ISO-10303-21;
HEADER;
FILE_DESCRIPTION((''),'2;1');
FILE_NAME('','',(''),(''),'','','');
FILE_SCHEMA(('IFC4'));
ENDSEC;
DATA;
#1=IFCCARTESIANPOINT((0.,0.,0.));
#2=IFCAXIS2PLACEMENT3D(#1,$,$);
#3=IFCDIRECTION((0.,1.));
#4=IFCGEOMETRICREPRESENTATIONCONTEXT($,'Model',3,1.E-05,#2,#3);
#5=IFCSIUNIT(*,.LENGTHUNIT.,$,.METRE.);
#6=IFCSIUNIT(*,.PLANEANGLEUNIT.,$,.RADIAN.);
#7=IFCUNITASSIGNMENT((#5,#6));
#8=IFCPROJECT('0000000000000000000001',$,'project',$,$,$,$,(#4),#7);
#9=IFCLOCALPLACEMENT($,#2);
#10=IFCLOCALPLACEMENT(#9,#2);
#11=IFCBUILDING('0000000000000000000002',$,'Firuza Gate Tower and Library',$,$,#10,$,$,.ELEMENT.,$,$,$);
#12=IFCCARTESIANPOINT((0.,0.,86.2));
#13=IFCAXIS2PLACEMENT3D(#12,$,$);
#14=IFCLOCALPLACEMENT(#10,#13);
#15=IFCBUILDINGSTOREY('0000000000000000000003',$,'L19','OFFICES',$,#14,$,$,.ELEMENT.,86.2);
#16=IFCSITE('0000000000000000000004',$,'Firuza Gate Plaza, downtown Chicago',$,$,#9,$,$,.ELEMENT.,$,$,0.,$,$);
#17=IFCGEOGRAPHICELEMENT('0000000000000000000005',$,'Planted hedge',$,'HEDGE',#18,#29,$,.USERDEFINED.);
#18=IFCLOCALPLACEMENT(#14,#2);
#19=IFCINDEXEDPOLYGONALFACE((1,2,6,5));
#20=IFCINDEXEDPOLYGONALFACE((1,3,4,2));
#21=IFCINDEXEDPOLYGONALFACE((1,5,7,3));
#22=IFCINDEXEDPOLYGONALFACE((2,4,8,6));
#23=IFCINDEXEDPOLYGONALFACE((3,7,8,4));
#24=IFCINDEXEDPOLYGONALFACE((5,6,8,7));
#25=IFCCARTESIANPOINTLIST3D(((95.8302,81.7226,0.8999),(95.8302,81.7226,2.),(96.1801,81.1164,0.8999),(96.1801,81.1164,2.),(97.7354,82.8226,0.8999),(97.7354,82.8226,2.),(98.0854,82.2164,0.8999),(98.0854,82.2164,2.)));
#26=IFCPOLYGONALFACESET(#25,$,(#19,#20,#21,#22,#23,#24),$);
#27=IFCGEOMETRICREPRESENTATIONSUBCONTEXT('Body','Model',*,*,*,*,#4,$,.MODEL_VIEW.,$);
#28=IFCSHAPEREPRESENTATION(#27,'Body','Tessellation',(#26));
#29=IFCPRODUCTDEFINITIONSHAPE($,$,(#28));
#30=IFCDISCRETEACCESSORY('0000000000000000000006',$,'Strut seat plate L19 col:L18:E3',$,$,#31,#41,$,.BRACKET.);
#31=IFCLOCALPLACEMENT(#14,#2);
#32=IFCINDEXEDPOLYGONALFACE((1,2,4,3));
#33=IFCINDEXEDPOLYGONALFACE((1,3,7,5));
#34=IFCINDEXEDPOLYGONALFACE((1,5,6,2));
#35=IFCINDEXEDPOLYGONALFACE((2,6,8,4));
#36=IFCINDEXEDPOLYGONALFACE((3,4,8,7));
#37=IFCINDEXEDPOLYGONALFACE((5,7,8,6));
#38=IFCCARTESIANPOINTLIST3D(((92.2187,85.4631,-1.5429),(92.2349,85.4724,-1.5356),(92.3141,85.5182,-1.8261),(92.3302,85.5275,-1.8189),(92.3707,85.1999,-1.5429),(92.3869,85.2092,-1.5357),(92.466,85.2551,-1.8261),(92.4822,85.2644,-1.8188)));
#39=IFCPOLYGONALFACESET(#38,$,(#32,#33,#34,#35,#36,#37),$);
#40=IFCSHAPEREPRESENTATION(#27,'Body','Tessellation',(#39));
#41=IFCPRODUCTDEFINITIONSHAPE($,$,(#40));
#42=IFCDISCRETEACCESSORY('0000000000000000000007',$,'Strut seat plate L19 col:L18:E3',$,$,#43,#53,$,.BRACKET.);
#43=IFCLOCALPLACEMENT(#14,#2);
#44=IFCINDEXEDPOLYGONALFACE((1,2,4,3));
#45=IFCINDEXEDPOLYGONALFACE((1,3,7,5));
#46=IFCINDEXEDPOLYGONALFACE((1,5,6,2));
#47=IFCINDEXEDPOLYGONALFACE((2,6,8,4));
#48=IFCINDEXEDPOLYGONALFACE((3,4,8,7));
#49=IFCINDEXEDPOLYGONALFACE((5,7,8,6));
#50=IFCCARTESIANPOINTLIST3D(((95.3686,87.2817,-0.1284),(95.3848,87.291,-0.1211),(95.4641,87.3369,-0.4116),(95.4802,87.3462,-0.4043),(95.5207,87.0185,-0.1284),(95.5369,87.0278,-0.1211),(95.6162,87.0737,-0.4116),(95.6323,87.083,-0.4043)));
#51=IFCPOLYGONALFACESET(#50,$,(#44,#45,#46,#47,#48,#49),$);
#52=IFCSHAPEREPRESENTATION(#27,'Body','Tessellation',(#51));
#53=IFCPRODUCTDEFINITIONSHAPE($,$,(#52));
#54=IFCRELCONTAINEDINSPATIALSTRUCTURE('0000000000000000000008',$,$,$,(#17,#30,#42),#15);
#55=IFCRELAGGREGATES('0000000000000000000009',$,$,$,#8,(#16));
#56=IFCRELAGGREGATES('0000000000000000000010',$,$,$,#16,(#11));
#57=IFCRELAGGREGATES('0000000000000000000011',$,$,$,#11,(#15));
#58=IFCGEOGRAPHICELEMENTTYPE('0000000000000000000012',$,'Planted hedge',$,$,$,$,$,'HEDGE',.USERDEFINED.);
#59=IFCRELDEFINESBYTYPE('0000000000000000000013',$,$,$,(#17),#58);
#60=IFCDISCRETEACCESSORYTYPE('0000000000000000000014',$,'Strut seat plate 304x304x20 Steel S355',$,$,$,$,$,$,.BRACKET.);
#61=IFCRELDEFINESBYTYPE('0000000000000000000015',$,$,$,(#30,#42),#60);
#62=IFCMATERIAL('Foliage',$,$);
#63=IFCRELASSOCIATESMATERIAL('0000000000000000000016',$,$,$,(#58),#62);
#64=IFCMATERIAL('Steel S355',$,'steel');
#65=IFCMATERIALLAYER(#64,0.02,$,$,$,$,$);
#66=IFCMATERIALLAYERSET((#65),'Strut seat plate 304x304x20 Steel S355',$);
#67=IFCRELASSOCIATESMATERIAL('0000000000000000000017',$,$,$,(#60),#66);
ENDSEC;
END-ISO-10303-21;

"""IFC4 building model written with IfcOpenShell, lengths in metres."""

from ifc_helpers import new_model, si_unit, direction, frame, origin, origin_2d, place, context, subcontext, project, spatial, polyline, rectangle, outline, extrude, material, layer, layer_set, type_object, element, save


model = new_model("IFC4")

# Units and contexts
model_context = context("Model", 3, precision=1e-05, world=origin(), true_north=direction((0.0, 1.0)))
body_context = subcontext(model_context, "Body", "Model", "MODEL_VIEW")
ifc_project = project(units=[si_unit("LENGTHUNIT", "METRE"), si_unit("PLANEANGLEUNIT", "RADIAN")], contexts=[model_context])

# Site, building, storey
site_placement = place(None, origin())
site = spatial("IfcSite", under=ifc_project, at=site_placement, Name="Firuza Gate Plaza, downtown Chicago", CompositionType="ELEMENT", RefElevation=0.0)
building_placement = place(site_placement, origin())
building = spatial("IfcBuilding", under=site, at=building_placement, Name="Firuza Gate Tower and Library", CompositionType="ELEMENT")
storey_placement = place(building_placement, frame((0.0, 0.0, 86.2)))
storey = spatial("IfcBuildingStorey", under=building, at=storey_placement, Name="L19", Description="OFFICES", CompositionType="ELEMENT", Elevation=86.2)

# Geographic element
ifc_material_1 = material(Name="Foliage")
geographic_element_type = type_object("IfcGeographicElementType", Name="Planted hedge", ElementType="HEDGE", PredefinedType="USERDEFINED", material=ifc_material_1)
geographic_element_placement = place(storey_placement, frame((96.9578, 81.9695, 0.8999), z_axis=(0.0, 0.0, 1.0), x_axis=(0.866025, 0.5, 0.0)))
element("IfcGeographicElement", 1, at=geographic_element_placement, inside=storey, type_object=geographic_element_type, Name="Planted hedge", ObjectType="HEDGE", PredefinedType="USERDEFINED", context=body_context, shape_type="SweptSolid", body=[
    extrude(rectangle(XDim=2.2, YDim=0.7, at=origin_2d()), origin(), (0.0, 0.0, 1.0), 1.1001),
])

# Discrete accessories
ifc_material_2 = material(Name="Steel S355", Category="steel")
ifc_layer_1 = layer(ifc_material_2, 0.02)
ifc_layer_set_1 = layer_set([ifc_layer_1], Name="Strut seat plate 304x304x20 Steel S355")
discrete_accessory_type = type_object("IfcDiscreteAccessoryType", Name="Strut seat plate 304x304x20 Steel S355", PredefinedType="BRACKET", material=ifc_layer_set_1)
discrete_accessory_1_placement = place(storey_placement, frame((92.2349, 85.4724, -1.5356), z_axis=(0.807085, 0.466058, 0.362496), x_axis=(0.50011, -0.865962, -0.000117)))
element("IfcDiscreteAccessory", 2, at=discrete_accessory_1_placement, inside=storey, type_object=discrete_accessory_type, Name="Strut seat plate L19 col:L18:E3", PredefinedType="BRACKET", context=body_context, shape_type="SweptSolid", body=[
    extrude(outline(polyline([(0.0, 0.0), (0.304, 0.0), (0.3038, 0.3038), (0.0, 0.3039), (0.0, 0.0)])), origin(), (0.0, 0.0, -1.0), 0.02),
])
discrete_accessory_2_placement = place(storey_placement, frame((95.5369, 87.0278, -0.1211), z_axis=(0.806821, 0.46628, 0.362799), x_axis=(-0.500371, 0.865811, 0.0)))
element("IfcDiscreteAccessory", 3, at=discrete_accessory_2_placement, inside=storey, type_object=discrete_accessory_type, Name="Strut seat plate L19 col:L18:E3", PredefinedType="BRACKET", context=body_context, shape_type="SweptSolid", body=[
    extrude(outline(polyline([(0.0, 0.0), (0.304, 0.0), (0.304, -0.3039), (0.0, -0.3039), (0.0, 0.0)])), origin(), (0.0, 0.0, -1.0), 0.02),
])

save(model, "model.ifc")
